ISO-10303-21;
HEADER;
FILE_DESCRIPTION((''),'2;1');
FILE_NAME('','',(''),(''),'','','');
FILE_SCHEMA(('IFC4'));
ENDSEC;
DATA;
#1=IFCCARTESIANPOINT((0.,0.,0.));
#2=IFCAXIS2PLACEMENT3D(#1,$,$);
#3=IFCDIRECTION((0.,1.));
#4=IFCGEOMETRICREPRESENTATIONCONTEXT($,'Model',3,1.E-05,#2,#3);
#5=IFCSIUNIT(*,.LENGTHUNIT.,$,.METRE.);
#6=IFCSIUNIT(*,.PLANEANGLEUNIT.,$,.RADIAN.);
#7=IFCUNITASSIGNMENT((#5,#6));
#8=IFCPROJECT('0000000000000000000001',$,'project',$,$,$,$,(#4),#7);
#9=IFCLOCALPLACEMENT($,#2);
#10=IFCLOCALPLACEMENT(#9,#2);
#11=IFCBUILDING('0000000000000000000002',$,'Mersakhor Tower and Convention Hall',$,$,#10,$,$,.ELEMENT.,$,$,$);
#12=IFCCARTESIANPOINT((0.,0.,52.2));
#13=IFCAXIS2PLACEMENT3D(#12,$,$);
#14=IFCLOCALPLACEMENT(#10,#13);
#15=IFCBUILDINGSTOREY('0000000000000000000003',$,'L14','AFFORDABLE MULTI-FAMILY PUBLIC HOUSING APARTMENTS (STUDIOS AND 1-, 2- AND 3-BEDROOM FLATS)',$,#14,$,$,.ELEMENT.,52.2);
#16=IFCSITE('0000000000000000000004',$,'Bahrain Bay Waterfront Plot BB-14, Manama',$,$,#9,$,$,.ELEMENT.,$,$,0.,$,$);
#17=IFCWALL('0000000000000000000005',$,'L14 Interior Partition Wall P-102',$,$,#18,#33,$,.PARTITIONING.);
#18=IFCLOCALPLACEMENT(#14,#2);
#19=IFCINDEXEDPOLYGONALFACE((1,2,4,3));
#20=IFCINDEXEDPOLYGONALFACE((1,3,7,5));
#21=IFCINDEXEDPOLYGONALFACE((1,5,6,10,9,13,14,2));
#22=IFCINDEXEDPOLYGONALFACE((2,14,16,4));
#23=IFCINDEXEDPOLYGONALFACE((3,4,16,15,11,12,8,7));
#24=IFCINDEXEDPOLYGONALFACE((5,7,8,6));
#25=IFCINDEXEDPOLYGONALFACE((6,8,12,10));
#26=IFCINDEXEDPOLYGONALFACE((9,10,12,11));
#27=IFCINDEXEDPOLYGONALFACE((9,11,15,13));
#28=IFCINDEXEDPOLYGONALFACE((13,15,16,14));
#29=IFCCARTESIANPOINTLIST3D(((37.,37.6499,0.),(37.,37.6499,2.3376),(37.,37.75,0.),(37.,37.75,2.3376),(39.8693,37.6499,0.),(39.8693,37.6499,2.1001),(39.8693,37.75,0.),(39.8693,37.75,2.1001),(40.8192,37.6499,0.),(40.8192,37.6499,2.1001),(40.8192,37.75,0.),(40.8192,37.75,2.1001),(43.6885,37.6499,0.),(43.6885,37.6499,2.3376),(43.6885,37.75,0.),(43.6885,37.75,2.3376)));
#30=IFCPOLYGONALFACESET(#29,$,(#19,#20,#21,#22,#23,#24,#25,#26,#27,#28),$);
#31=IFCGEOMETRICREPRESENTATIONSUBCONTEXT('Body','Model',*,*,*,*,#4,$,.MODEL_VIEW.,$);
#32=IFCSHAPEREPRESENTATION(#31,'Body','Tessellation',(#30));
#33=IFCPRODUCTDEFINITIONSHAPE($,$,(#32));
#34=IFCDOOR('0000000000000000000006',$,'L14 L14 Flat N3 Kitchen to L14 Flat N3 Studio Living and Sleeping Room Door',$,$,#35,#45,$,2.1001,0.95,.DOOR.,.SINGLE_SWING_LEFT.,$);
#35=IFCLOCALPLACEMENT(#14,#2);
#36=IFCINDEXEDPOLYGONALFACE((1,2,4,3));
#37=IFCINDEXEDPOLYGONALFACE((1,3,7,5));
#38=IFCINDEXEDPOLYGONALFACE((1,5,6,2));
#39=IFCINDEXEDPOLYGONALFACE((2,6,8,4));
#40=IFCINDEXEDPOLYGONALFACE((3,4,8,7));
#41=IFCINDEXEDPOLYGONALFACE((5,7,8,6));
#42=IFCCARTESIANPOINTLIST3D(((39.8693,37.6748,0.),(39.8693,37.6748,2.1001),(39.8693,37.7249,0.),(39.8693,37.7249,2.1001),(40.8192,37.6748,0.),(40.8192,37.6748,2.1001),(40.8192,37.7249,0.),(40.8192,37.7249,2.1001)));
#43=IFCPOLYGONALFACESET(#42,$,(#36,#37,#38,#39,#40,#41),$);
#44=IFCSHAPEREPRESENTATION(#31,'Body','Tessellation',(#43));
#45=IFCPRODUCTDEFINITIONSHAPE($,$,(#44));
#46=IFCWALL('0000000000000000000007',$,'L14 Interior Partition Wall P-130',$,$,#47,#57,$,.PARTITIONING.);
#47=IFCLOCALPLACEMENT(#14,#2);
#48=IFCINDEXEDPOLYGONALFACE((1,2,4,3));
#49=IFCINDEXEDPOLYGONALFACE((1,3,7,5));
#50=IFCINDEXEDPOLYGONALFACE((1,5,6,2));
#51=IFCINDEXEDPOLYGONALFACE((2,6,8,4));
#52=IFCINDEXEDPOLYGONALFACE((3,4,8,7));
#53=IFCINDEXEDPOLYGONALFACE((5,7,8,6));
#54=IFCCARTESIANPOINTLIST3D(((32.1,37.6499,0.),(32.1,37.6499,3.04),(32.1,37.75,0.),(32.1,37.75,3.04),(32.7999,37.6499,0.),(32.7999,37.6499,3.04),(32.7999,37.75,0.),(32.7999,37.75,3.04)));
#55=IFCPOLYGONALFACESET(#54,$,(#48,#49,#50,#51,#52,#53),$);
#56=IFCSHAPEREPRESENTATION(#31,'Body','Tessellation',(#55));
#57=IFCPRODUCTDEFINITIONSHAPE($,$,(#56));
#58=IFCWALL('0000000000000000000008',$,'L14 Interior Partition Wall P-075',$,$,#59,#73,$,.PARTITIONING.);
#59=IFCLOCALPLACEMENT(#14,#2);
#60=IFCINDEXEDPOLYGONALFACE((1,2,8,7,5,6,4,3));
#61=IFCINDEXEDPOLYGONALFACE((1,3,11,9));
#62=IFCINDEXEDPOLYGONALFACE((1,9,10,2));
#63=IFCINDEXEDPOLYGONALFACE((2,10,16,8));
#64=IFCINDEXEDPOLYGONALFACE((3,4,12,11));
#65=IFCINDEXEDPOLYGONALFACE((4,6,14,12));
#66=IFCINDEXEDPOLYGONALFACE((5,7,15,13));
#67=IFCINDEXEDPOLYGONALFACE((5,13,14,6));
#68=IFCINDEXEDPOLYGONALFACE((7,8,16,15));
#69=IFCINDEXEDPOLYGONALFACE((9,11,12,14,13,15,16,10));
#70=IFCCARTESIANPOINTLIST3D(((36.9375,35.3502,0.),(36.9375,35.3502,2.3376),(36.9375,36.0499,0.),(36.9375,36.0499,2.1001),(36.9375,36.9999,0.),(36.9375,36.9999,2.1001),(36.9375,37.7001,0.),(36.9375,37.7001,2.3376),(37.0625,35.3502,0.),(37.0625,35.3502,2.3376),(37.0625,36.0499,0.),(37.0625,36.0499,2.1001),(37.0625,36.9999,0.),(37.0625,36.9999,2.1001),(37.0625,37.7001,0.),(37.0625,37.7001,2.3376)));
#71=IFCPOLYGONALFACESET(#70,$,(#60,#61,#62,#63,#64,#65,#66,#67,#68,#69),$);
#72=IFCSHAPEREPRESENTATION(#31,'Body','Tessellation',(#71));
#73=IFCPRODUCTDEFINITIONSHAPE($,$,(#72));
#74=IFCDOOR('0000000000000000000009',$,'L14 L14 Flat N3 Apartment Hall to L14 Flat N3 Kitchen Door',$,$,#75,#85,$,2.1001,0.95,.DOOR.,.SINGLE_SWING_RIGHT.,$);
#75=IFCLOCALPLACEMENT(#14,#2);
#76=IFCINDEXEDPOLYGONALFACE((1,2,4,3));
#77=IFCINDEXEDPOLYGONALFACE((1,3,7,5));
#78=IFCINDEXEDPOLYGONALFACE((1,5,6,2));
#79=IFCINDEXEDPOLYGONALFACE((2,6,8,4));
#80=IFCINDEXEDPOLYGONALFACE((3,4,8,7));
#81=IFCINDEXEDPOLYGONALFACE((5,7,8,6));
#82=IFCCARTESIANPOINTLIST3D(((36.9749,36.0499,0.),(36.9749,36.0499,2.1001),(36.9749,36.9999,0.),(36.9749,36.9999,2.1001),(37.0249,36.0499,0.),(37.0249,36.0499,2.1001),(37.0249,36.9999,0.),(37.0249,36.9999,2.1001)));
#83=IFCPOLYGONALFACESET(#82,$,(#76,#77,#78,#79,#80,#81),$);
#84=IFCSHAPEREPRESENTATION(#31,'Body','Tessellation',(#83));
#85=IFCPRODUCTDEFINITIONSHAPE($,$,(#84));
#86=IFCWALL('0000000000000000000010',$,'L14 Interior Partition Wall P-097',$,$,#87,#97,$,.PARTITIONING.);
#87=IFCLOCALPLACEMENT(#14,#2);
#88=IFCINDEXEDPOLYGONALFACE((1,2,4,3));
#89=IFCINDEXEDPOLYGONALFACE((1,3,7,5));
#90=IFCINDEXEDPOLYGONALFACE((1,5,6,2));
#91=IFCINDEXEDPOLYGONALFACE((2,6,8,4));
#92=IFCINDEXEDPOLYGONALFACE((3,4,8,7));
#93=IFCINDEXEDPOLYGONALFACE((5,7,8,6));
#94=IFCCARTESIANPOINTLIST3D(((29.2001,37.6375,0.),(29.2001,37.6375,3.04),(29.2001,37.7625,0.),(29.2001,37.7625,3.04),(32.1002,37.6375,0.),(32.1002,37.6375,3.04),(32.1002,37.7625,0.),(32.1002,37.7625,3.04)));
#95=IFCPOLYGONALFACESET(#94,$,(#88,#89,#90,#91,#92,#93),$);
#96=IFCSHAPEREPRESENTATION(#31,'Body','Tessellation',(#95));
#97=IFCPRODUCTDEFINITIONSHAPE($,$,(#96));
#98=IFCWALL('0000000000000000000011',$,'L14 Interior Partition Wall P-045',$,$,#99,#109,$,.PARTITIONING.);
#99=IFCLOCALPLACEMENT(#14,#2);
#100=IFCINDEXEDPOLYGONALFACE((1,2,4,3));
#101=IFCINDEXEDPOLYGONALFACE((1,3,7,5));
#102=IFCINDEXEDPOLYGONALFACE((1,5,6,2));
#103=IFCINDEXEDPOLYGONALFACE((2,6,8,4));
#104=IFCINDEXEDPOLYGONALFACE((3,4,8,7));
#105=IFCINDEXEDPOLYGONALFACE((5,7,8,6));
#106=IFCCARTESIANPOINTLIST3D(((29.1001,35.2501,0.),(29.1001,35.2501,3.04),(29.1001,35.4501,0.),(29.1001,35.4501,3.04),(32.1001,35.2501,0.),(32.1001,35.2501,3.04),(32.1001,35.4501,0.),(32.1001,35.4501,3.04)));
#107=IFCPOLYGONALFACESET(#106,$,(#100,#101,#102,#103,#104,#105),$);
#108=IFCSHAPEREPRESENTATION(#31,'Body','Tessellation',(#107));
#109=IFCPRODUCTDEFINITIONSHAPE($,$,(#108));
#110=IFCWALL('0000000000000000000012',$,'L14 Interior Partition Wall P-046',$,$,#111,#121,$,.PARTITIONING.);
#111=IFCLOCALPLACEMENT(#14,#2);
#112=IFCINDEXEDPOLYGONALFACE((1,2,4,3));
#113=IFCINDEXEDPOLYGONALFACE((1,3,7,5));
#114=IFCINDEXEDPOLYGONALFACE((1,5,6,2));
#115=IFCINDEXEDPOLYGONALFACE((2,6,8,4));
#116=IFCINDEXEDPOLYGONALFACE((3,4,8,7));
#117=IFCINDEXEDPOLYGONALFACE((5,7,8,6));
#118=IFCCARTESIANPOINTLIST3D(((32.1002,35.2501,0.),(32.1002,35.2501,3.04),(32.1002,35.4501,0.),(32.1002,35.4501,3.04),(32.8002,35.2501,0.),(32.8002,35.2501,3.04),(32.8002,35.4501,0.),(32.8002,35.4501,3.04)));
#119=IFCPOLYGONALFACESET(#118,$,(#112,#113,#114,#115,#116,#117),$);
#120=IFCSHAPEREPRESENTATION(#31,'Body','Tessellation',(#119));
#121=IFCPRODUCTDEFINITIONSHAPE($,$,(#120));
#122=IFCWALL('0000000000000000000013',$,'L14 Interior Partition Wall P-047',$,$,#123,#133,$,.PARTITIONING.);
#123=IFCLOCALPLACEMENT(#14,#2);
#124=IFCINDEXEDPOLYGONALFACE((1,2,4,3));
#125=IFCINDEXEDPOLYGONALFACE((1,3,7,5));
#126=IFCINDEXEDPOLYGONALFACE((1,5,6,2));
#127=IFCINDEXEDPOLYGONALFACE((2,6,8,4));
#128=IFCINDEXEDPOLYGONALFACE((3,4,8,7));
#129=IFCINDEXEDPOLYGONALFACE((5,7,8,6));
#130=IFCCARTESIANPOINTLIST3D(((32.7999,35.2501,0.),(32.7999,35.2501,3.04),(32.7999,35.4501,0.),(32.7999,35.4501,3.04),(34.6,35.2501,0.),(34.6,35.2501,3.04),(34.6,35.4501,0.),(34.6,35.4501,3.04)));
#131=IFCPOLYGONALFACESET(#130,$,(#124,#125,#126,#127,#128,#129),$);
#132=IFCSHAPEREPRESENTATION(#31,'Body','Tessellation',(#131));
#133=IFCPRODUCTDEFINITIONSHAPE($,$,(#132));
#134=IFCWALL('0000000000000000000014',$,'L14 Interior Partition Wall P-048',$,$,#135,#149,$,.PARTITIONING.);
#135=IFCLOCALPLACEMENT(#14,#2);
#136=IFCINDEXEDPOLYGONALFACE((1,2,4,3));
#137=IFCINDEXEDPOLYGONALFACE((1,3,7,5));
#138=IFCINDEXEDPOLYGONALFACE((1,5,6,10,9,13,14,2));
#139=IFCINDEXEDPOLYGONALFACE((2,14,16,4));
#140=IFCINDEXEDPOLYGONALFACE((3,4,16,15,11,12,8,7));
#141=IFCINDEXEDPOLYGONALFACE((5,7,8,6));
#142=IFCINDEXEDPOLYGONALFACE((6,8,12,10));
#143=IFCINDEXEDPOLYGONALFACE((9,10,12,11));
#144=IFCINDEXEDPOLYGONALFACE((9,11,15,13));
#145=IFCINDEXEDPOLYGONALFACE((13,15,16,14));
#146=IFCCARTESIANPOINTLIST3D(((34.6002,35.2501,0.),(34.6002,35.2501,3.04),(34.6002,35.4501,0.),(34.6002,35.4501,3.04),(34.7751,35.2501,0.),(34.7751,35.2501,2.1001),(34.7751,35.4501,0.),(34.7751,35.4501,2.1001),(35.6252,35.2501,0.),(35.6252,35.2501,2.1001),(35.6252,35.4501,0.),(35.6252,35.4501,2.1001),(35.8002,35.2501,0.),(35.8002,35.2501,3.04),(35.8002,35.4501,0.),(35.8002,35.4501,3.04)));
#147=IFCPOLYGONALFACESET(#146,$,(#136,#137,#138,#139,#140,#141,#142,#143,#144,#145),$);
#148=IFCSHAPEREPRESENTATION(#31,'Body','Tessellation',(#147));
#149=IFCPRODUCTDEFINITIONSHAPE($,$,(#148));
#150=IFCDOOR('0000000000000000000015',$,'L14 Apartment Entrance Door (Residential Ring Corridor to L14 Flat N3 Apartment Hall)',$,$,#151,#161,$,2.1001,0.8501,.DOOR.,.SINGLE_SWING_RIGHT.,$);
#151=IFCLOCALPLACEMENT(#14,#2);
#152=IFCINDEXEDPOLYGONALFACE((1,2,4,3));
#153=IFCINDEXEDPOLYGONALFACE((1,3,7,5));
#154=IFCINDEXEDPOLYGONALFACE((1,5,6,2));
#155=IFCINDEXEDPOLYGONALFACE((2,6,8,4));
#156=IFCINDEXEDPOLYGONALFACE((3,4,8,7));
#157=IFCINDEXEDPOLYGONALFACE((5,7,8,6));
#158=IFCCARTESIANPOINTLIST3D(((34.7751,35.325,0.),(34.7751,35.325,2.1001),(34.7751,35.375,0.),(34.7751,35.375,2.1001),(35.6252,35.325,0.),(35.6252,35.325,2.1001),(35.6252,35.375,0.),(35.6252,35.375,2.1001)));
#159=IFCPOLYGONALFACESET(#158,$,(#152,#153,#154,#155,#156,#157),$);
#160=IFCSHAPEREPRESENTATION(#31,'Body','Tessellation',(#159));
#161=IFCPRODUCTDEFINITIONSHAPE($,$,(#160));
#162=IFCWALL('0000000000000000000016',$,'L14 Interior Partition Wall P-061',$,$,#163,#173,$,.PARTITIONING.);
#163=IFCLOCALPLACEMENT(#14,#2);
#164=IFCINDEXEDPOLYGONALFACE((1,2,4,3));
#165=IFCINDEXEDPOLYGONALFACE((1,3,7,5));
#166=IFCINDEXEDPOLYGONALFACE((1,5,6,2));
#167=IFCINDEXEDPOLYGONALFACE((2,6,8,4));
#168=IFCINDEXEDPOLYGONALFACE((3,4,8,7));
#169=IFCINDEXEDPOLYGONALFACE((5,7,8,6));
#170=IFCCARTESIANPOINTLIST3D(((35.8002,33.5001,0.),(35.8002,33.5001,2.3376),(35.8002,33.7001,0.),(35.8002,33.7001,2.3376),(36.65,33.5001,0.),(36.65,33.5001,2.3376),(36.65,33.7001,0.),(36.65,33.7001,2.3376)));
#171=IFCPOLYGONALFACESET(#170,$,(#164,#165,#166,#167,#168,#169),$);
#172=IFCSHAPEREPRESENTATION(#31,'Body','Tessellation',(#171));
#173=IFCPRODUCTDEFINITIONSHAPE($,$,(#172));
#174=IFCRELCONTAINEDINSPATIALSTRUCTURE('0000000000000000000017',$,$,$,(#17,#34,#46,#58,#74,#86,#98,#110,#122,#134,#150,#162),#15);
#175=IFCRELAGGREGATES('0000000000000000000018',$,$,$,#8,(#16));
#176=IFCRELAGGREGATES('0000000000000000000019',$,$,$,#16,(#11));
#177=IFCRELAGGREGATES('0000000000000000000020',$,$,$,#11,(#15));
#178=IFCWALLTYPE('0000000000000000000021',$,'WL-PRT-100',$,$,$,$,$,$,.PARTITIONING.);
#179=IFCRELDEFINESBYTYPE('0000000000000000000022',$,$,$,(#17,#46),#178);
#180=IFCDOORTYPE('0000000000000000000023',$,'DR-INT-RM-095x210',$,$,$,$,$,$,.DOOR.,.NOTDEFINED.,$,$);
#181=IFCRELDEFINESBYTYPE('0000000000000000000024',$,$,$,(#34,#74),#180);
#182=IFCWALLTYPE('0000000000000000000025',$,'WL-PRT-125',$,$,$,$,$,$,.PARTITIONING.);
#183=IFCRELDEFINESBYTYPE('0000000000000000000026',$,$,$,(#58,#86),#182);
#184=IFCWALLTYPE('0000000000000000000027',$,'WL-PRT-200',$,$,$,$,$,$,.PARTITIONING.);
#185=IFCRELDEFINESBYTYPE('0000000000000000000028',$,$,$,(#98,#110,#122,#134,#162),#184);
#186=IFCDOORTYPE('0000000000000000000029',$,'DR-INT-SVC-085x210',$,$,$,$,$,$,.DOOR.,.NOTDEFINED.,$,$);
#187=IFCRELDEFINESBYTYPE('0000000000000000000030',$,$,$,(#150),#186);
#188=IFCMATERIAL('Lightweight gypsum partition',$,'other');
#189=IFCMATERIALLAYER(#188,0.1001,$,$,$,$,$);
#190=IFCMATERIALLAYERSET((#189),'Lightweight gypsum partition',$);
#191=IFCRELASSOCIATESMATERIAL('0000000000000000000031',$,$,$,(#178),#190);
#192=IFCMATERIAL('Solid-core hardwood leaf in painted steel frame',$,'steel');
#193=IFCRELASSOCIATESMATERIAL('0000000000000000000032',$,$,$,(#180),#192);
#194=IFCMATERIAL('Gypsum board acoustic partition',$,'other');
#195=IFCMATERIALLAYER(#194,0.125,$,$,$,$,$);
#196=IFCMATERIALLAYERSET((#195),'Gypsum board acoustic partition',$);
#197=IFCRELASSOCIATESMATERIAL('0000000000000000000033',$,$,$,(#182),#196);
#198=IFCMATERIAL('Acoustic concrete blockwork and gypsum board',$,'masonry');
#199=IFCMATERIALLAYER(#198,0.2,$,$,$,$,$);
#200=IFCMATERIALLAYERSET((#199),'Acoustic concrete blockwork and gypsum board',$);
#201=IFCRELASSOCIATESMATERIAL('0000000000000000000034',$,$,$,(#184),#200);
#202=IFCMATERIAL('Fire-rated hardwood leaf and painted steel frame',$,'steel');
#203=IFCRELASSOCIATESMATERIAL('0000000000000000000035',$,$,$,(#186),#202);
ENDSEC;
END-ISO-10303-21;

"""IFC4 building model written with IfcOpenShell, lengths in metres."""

from ifc_helpers import new_model, si_unit, direction, frame, frame_2d, origin, place, context, subcontext, project, spatial, rectangle, extrude, material, layer, layer_set, type_object, element, fill, save


model = new_model("IFC4")

# Units and contexts
model_context = context("Model", 3, precision=1e-05, world=origin(), true_north=direction((0.0, 1.0)))
body_context = subcontext(model_context, "Body", "Model", "MODEL_VIEW")
ifc_project = project(units=[si_unit("LENGTHUNIT", "METRE"), si_unit("PLANEANGLEUNIT", "RADIAN")], contexts=[model_context])

# Site, building, storey
site_placement = place(None, origin())
site = spatial("IfcSite", under=ifc_project, at=site_placement, Name="Bahrain Bay Waterfront Plot BB-14, Manama", CompositionType="ELEMENT", RefElevation=0.0)
building_placement = place(site_placement, origin())
building = spatial("IfcBuilding", under=site, at=building_placement, Name="Mersakhor Tower and Convention Hall", CompositionType="ELEMENT")
storey_placement = place(building_placement, frame((0.0, 0.0, 52.2)))
storey = spatial("IfcBuildingStorey", under=building, at=storey_placement, Name="L14", Description="AFFORDABLE MULTI-FAMILY PUBLIC HOUSING APARTMENTS (STUDIOS AND 1-, 2- AND 3-BEDROOM FLATS)", CompositionType="ELEMENT", Elevation=52.2)

# Shared definitions
ifc_material_1 = material(Name="Lightweight gypsum partition", Category="other")
ifc_layer_1 = layer(ifc_material_1, 0.1001)
ifc_layer_set_1 = layer_set([ifc_layer_1], Name="Lightweight gypsum partition")
wall_type_1 = type_object("IfcWallType", Name="WL-PRT-100", PredefinedType="PARTITIONING", material=ifc_layer_set_1)
ifc_material_2 = material(Name="Solid-core hardwood leaf in painted steel frame", Category="steel")
door_type_1 = type_object("IfcDoorType", Name="DR-INT-RM-095x210", OperationType="NOTDEFINED", PredefinedType="DOOR", material=ifc_material_2)

# Wall, opening, door
wall_1_placement = place(storey_placement, frame((37.0, 37.7, 0.0), z_axis=(0.0, 0.0, 1.0), x_axis=(1.0, 0.0, 0.0)))
wall_1 = element("IfcWall", 1, at=wall_1_placement, inside=storey, type_object=wall_type_1, Name="L14 Interior Partition Wall P-102", PredefinedType="PARTITIONING", context=body_context, shape_type="SweptSolid", body=[
    extrude(rectangle(XDim=6.6885, YDim=0.1001, at=frame_2d((3.3442, 0.0))), origin(), (0.0, 0.0, 1.0), 2.3376),
])
opening_1_placement = place(wall_1_placement, frame((2.8691, 0.0, 0.0)))
opening_1 = element("IfcOpeningElement", 2, at=opening_1_placement, cuts=wall_1, PredefinedType="OPENING", context=body_context, shape_type="SweptSolid", body=[
    extrude(rectangle(XDim=0.95, YDim=2.1001, at=frame_2d((0.4751, 1.05))), frame((0.0, 0.0601, 0.0), z_axis=(0.0, -1.0, 0.0), x_axis=(1.0, 0.0, 0.0)), (0.0, 0.0, 1.0), 0.1201),
])
door_1_placement = place(opening_1_placement, origin())
door_1 = element("IfcDoor", 3, at=door_1_placement, inside=storey, type_object=door_type_1, Name="L14 L14 Flat N3 Kitchen to L14 Flat N3 Studio Living and Sleeping Room Door", OperationType="SINGLE_SWING_LEFT", OverallHeight=2.1001, OverallWidth=0.95, PredefinedType="DOOR", context=body_context, shape_type="SweptSolid", body=[
    extrude(rectangle(XDim=0.95, YDim=2.1001, at=frame_2d((0.4751, 1.05))), frame((0.0, 0.0249, 0.0), z_axis=(0.0, -1.0, 0.0), x_axis=(1.0, 0.0, 0.0)), (0.0, 0.0, 1.0), 0.05),
])
fill(opening_1, door_1)

# Wall
wall_2_placement = place(storey_placement, frame((32.8, 37.7, 0.0), z_axis=(0.0, 0.0, 1.0), x_axis=(-1.0, 0.0, 0.0)))
element("IfcWall", 4, at=wall_2_placement, inside=storey, type_object=wall_type_1, Name="L14 Interior Partition Wall P-130", PredefinedType="PARTITIONING", context=body_context, shape_type="SweptSolid", body=[
    extrude(rectangle(XDim=0.7, YDim=0.1001, at=frame_2d((0.3501, 0.0))), origin(), (0.0, 0.0, 1.0), 3.04),
])

# Wall, opening, door
ifc_material_3 = material(Name="Gypsum board acoustic partition", Category="other")
ifc_layer_2 = layer(ifc_material_3, 0.125)
ifc_layer_set_2 = layer_set([ifc_layer_2], Name="Gypsum board acoustic partition")
wall_type_2 = type_object("IfcWallType", Name="WL-PRT-125", PredefinedType="PARTITIONING", material=ifc_layer_set_2)
wall_3_placement = place(storey_placement, frame((37.0, 37.7, 0.0), z_axis=(0.0, 0.0, 1.0), x_axis=(0.0, -1.0, 0.0)))
wall_3 = element("IfcWall", 5, at=wall_3_placement, inside=storey, type_object=wall_type_2, Name="L14 Interior Partition Wall P-075", PredefinedType="PARTITIONING", context=body_context, shape_type="SweptSolid", body=[
    extrude(rectangle(XDim=2.3499, YDim=0.125, at=frame_2d((1.1748, 0.0))), origin(), (0.0, 0.0, 1.0), 2.3376),
])
opening_2_placement = place(wall_3_placement, frame((0.7, 0.0, 0.0)))
opening_2 = element("IfcOpeningElement", 6, at=opening_2_placement, cuts=wall_3, PredefinedType="OPENING", context=body_context, shape_type="SweptSolid", body=[
    extrude(rectangle(XDim=0.95, YDim=2.1001, at=frame_2d((0.4751, 1.05))), frame((0.0, 0.0725, 0.0), z_axis=(0.0, -1.0, 0.0), x_axis=(1.0, 0.0, 0.0)), (0.0, 0.0, 1.0), 0.145),
])
door_2_placement = place(opening_2_placement, origin())
door_2 = element("IfcDoor", 7, at=door_2_placement, inside=storey, type_object=door_type_1, Name="L14 L14 Flat N3 Apartment Hall to L14 Flat N3 Kitchen Door", OperationType="SINGLE_SWING_RIGHT", OverallHeight=2.1001, OverallWidth=0.95, PredefinedType="DOOR", context=body_context, shape_type="SweptSolid", body=[
    extrude(rectangle(XDim=0.95, YDim=2.1001, at=frame_2d((0.4751, 1.05))), frame((0.0, 0.0249, 0.0), z_axis=(0.0, -1.0, 0.0), x_axis=(1.0, 0.0, 0.0)), (0.0, 0.0, 1.0), 0.05),
])
fill(opening_2, door_2)

# Walls
wall_4_placement = place(storey_placement, frame((29.2, 37.7, 0.0), z_axis=(0.0, 0.0, 1.0), x_axis=(1.0, 0.0, 0.0)))
element("IfcWall", 8, at=wall_4_placement, inside=storey, type_object=wall_type_2, Name="L14 Interior Partition Wall P-097", PredefinedType="PARTITIONING", context=body_context, shape_type="SweptSolid", body=[
    extrude(rectangle(XDim=2.9001, YDim=0.125, at=frame_2d((1.4502, 0.0))), origin(), (0.0, 0.0, 1.0), 3.04),
])
ifc_material_4 = material(Name="Acoustic concrete blockwork and gypsum board", Category="masonry")
ifc_layer_3 = layer(ifc_material_4, 0.2)
ifc_layer_set_3 = layer_set([ifc_layer_3], Name="Acoustic concrete blockwork and gypsum board")
wall_type_3 = type_object("IfcWallType", Name="WL-PRT-200", PredefinedType="PARTITIONING", material=ifc_layer_set_3)
wall_5_placement = place(storey_placement, frame((29.1001, 35.3501, 0.0), z_axis=(0.0, 0.0, 1.0), x_axis=(1.0, 0.0, 0.0)))
element("IfcWall", 9, at=wall_5_placement, inside=storey, type_object=wall_type_3, Name="L14 Interior Partition Wall P-045", PredefinedType="PARTITIONING", context=body_context, shape_type="SweptSolid", body=[
    extrude(rectangle(XDim=3.0, YDim=0.2, at=frame_2d((1.5, 0.0))), origin(), (0.0, 0.0, 1.0), 3.04),
])
wall_6_placement = place(storey_placement, frame((32.1001, 35.3501, 0.0), z_axis=(0.0, 0.0, 1.0), x_axis=(1.0, 0.0, 0.0)))
element("IfcWall", 10, at=wall_6_placement, inside=storey, type_object=wall_type_3, Name="L14 Interior Partition Wall P-046", PredefinedType="PARTITIONING", context=body_context, shape_type="SweptSolid", body=[
    extrude(rectangle(XDim=0.7, YDim=0.2, at=frame_2d((0.3501, 0.0))), origin(), (0.0, 0.0, 1.0), 3.04),
])
wall_7_placement = place(storey_placement, frame((32.8, 35.3501, 0.0), z_axis=(0.0, 0.0, 1.0), x_axis=(1.0, 0.0, 0.0)))
element("IfcWall", 11, at=wall_7_placement, inside=storey, type_object=wall_type_3, Name="L14 Interior Partition Wall P-047", PredefinedType="PARTITIONING", context=body_context, shape_type="SweptSolid", body=[
    extrude(rectangle(XDim=1.8, YDim=0.2, at=frame_2d((0.8999, 0.0))), origin(), (0.0, 0.0, 1.0), 3.04),
])

# Wall, opening, door
wall_8_placement = place(storey_placement, frame((34.6001, 35.3501, 0.0), z_axis=(0.0, 0.0, 1.0), x_axis=(1.0, 0.0, 0.0)))
wall_8 = element("IfcWall", 12, at=wall_8_placement, inside=storey, type_object=wall_type_3, Name="L14 Interior Partition Wall P-048", PredefinedType="PARTITIONING", context=body_context, shape_type="SweptSolid", body=[
    extrude(rectangle(XDim=1.2, YDim=0.2, at=frame_2d((0.6001, 0.0))), origin(), (0.0, 0.0, 1.0), 3.04),
])
opening_3_placement = place(wall_8_placement, frame((0.175, 0.0, 0.0)))
opening_3 = element("IfcOpeningElement", 13, at=opening_3_placement, cuts=wall_8, PredefinedType="OPENING", context=body_context, shape_type="SweptSolid", body=[
    extrude(rectangle(XDim=0.8501, YDim=2.1001, at=frame_2d((0.425, 1.05))), frame((0.0, 0.1099, 0.0), z_axis=(0.0, -1.0, 0.0), x_axis=(1.0, 0.0, 0.0)), (0.0, 0.0, 1.0), 0.22),
])
ifc_material_5 = material(Name="Fire-rated hardwood leaf and painted steel frame", Category="steel")
door_type_2 = type_object("IfcDoorType", Name="DR-INT-SVC-085x210", OperationType="NOTDEFINED", PredefinedType="DOOR", material=ifc_material_5)
door_3_placement = place(opening_3_placement, origin())
door_3 = element("IfcDoor", 14, at=door_3_placement, inside=storey, type_object=door_type_2, Name="L14 Apartment Entrance Door (Residential Ring Corridor to L14 Flat N3 Apartment Hall)", OperationType="SINGLE_SWING_RIGHT", OverallHeight=2.1001, OverallWidth=0.8501, PredefinedType="DOOR", context=body_context, shape_type="SweptSolid", body=[
    extrude(rectangle(XDim=0.8501, YDim=2.1001, at=frame_2d((0.425, 1.05))), frame((0.0, 0.0249, 0.0), z_axis=(0.0, -1.0, 0.0), x_axis=(1.0, 0.0, 0.0)), (0.0, 0.0, 1.0), 0.05),
])
fill(opening_3, door_3)

# Wall
wall_9_placement = place(storey_placement, frame((36.6499, 33.6001, 0.0), z_axis=(0.0, 0.0, 1.0), x_axis=(-1.0, 0.0, 0.0)))
element("IfcWall", 15, at=wall_9_placement, inside=storey, type_object=wall_type_3, Name="L14 Interior Partition Wall P-061", PredefinedType="PARTITIONING", context=body_context, shape_type="SweptSolid", body=[
    extrude(rectangle(XDim=0.8499, YDim=0.2, at=frame_2d((0.4248, 0.0))), origin(), (0.0, 0.0, 1.0), 2.3376),
])

save(model, "model.ifc")
